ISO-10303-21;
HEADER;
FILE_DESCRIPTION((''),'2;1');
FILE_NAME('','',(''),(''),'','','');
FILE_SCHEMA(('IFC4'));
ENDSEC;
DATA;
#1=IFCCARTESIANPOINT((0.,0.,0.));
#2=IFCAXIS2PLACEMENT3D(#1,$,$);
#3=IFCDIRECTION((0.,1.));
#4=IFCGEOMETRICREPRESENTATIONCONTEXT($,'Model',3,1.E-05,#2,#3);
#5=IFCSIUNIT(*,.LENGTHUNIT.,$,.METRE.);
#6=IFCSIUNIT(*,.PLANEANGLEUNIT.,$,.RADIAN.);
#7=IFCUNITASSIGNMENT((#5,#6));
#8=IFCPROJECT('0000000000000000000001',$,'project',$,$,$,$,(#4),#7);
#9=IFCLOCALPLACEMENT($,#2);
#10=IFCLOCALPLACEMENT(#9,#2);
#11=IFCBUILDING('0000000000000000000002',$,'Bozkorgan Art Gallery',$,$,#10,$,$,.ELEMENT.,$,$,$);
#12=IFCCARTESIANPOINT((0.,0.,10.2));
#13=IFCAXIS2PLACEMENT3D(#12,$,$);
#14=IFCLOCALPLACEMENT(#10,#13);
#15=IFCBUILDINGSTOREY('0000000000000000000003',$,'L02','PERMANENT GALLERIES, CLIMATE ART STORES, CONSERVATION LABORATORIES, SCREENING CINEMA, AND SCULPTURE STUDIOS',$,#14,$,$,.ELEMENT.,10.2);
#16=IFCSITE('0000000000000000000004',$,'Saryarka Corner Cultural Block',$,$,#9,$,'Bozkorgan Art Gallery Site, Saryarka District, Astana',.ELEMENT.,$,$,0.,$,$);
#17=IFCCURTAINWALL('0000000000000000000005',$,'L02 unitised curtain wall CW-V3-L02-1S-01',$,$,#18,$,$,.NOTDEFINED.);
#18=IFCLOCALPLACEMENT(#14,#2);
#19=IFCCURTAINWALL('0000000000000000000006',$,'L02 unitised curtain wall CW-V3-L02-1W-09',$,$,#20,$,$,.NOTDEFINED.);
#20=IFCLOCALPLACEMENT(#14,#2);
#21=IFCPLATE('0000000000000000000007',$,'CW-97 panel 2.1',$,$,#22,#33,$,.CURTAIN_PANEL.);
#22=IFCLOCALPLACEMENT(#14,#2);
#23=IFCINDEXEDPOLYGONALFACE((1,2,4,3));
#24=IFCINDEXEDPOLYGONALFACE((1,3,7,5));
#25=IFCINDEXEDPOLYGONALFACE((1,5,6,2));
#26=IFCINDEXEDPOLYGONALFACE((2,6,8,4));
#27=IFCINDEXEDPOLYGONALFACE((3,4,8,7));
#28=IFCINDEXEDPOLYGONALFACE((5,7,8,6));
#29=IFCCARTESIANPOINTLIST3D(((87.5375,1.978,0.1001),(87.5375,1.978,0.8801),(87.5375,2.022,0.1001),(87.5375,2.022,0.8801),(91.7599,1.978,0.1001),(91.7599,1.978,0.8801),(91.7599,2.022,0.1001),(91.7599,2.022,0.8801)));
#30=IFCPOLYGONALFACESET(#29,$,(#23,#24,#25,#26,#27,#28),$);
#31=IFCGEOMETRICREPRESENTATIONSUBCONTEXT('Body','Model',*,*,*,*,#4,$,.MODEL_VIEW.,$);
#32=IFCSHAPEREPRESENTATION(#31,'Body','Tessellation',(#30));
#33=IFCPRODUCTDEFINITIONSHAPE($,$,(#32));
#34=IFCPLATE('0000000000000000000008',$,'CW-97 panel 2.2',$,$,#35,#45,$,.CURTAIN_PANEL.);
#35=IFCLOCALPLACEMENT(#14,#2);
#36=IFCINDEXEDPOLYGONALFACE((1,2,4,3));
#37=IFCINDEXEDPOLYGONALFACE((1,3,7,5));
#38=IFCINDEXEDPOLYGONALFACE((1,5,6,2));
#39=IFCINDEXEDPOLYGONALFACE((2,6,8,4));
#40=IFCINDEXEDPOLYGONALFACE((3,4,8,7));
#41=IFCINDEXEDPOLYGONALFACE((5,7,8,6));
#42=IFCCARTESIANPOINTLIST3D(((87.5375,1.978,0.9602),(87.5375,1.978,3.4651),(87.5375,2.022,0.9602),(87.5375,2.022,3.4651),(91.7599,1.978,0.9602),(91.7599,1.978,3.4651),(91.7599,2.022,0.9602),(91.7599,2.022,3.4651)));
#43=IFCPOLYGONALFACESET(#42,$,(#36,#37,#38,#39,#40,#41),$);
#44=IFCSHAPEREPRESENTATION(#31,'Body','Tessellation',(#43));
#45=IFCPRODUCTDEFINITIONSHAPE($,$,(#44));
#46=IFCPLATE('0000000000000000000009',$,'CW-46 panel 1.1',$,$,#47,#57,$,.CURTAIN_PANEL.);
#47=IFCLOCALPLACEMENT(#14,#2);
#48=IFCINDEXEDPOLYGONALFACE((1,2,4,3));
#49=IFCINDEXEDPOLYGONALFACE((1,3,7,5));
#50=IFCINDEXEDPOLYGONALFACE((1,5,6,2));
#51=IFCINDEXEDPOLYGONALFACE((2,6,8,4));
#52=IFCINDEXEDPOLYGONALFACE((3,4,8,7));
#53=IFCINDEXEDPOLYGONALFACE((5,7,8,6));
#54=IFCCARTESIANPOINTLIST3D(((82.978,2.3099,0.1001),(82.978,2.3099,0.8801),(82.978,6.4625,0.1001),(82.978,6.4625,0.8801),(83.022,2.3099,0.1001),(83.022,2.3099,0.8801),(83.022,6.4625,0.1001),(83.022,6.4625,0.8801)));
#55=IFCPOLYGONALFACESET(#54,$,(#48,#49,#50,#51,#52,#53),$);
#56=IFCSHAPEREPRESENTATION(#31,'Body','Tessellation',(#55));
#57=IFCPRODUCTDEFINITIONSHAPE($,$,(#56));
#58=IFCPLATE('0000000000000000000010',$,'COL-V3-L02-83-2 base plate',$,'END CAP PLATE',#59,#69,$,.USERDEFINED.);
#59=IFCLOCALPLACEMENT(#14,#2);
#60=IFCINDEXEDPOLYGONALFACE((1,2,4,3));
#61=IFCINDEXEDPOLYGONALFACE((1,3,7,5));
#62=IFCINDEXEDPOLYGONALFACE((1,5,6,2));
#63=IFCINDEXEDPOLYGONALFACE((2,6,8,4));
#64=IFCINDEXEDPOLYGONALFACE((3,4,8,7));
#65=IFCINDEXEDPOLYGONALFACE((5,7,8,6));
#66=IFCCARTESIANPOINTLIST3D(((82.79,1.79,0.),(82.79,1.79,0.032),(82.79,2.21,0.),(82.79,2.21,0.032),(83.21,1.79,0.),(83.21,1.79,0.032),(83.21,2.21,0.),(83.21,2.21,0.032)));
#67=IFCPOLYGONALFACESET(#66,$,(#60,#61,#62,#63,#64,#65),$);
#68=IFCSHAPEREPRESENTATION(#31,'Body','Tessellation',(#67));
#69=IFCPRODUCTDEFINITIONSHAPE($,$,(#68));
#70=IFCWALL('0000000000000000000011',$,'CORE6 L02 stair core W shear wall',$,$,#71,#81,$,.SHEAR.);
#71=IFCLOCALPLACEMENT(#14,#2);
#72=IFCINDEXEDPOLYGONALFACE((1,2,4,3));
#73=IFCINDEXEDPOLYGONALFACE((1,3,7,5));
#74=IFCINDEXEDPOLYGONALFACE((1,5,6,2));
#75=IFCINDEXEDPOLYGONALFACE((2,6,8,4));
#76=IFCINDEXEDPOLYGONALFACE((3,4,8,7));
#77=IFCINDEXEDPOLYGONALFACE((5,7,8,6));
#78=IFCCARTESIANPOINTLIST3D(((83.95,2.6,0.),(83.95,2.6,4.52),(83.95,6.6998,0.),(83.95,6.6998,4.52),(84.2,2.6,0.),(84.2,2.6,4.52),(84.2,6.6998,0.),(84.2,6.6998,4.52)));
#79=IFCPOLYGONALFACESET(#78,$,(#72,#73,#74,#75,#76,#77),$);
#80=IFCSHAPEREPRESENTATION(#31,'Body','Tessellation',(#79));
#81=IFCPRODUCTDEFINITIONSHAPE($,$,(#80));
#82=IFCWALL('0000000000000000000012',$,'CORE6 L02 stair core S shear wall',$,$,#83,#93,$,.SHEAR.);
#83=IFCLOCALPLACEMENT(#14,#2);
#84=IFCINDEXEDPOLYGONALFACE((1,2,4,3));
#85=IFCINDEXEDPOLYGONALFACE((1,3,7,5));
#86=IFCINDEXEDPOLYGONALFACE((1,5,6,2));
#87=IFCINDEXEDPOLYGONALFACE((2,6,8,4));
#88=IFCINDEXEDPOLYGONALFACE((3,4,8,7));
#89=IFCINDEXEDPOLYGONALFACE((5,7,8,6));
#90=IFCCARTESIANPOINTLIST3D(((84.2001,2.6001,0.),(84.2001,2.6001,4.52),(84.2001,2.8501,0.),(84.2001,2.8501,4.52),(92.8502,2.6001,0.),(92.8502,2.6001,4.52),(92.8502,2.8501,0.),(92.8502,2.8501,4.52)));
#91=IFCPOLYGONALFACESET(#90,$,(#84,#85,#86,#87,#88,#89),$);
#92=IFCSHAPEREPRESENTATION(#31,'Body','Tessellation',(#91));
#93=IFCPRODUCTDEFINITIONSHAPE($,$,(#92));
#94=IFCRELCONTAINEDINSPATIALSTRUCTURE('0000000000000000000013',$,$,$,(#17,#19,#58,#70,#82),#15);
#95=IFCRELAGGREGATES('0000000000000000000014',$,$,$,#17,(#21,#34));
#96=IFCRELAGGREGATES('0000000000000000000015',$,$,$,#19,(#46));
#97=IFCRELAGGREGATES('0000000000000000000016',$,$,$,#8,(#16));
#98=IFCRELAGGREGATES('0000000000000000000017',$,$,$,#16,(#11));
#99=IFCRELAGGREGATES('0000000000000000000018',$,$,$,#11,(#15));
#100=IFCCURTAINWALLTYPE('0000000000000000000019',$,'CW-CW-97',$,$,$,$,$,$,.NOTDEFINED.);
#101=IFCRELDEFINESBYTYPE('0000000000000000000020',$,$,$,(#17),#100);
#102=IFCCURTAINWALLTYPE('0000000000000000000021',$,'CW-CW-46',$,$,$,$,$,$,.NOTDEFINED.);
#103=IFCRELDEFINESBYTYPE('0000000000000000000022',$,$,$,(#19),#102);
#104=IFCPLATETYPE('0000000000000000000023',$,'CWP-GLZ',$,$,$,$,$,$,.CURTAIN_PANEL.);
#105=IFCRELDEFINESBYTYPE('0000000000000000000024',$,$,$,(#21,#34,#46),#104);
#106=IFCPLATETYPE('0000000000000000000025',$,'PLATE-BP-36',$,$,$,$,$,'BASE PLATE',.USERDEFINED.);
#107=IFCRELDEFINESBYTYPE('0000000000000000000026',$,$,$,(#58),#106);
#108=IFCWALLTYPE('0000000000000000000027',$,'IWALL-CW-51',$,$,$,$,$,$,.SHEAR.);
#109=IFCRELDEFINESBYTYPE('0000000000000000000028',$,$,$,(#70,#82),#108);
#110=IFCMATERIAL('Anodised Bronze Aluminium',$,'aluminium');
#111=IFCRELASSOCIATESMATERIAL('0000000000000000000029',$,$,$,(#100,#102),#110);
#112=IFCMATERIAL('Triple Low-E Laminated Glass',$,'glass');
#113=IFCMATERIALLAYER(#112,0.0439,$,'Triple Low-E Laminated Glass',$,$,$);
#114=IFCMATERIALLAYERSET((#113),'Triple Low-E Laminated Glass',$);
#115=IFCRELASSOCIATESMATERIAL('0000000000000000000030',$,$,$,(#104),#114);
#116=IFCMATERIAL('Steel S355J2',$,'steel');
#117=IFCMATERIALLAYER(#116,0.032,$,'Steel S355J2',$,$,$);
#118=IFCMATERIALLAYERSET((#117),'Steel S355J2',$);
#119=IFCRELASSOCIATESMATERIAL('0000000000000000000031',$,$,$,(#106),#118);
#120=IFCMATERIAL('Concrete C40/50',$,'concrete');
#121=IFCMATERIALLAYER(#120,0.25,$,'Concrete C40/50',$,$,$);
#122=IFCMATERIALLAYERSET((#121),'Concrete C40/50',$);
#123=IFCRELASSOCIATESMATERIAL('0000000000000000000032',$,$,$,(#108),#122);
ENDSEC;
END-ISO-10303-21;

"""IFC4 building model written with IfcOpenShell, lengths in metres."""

from ifc_helpers import new_model, si_unit, direction, frame, frame_2d, origin, origin_2d, place, context, subcontext, project, spatial, rectangle, extrude, material, layer, layer_set, type_object, element, aggregate, save


model = new_model("IFC4")

# Units and contexts
model_context = context("Model", 3, precision=1e-05, world=origin(), true_north=direction((0.0, 1.0)))
body_context = subcontext(model_context, "Body", "Model", "MODEL_VIEW")
ifc_project = project(units=[si_unit("LENGTHUNIT", "METRE"), si_unit("PLANEANGLEUNIT", "RADIAN")], contexts=[model_context])

# Site, building, storey
site_placement = place(None, origin())
site = spatial("IfcSite", under=ifc_project, at=site_placement, Name="Saryarka Corner Cultural Block", LongName="Bozkorgan Art Gallery Site, Saryarka District, Astana", CompositionType="ELEMENT", RefElevation=0.0)
building_placement = place(site_placement, origin())
building = spatial("IfcBuilding", under=site, at=building_placement, Name="Bozkorgan Art Gallery", CompositionType="ELEMENT")
storey_placement = place(building_placement, frame((0.0, 0.0, 10.2)))
storey = spatial("IfcBuildingStorey", under=building, at=storey_placement, Name="L02", Description="PERMANENT GALLERIES, CLIMATE ART STORES, CONSERVATION LABORATORIES, SCREENING CINEMA, AND SCULPTURE STUDIOS", CompositionType="ELEMENT", Elevation=10.2)

# Shared definitions
ifc_material_1 = material(Name="Steel S355J2", Category="steel")

# Curtain wall
ifc_material_2 = material(Name="Anodised Bronze Aluminium", Category="aluminium")
curtain_wall_type_1 = type_object("IfcCurtainWallType", Name="CW-CW-97", PredefinedType="NOTDEFINED", material=ifc_material_2)
curtain_wall_1_placement = place(storey_placement, origin())
curtain_wall_1 = element("IfcCurtainWall", 1, at=curtain_wall_1_placement, inside=storey, type_object=curtain_wall_type_1, Name="L02 unitised curtain wall CW-V3-L02-1S-01", PredefinedType="NOTDEFINED")

# Curtain wall
curtain_wall_type_2 = type_object("IfcCurtainWallType", Name="CW-CW-46", PredefinedType="NOTDEFINED", material=ifc_material_2)
curtain_wall_2_placement = place(storey_placement, origin())
curtain_wall_2 = element("IfcCurtainWall", 2, at=curtain_wall_2_placement, inside=storey, type_object=curtain_wall_type_2, Name="L02 unitised curtain wall CW-V3-L02-1W-09", PredefinedType="NOTDEFINED")

# Plates
ifc_material_3 = material(Name="Triple Low-E Laminated Glass", Category="glass")
ifc_layer_1 = layer(ifc_material_3, 0.0439, Name="Triple Low-E Laminated Glass")
ifc_layer_set_1 = layer_set([ifc_layer_1], Name="Triple Low-E Laminated Glass")
plate_type_1 = type_object("IfcPlateType", Name="CWP-GLZ", PredefinedType="CURTAIN_PANEL", material=ifc_layer_set_1)
plate_1_placement = place(storey_placement, frame((89.6487, 2.0, 0.1001), z_axis=(0.0, 0.0, 1.0), x_axis=(1.0, 0.0, 0.0)))
plate_1 = element("IfcPlate", 3, at=plate_1_placement, type_object=plate_type_1, Name="CW-97 panel 2.1", PredefinedType="CURTAIN_PANEL", context=body_context, shape_type="SweptSolid", body=[
    extrude(rectangle(XDim=4.2224, YDim=0.0439, at=origin_2d()), origin(), (0.0, 0.0, 1.0), 0.78),
])
plate_2_placement = place(storey_placement, frame((89.6487, 2.0, 0.9602), z_axis=(0.0, 0.0, 1.0), x_axis=(1.0, 0.0, 0.0)))
plate_2 = element("IfcPlate", 4, at=plate_2_placement, type_object=plate_type_1, Name="CW-97 panel 2.2", PredefinedType="CURTAIN_PANEL", context=body_context, shape_type="SweptSolid", body=[
    extrude(rectangle(XDim=4.2224, YDim=0.0439, at=origin_2d()), origin(), (0.0, 0.0, 1.0), 2.5049),
])
aggregate(curtain_wall_1, [plate_1, plate_2])
plate_3_placement = place(storey_placement, frame((83.0, 4.3862, 0.1001), z_axis=(0.0, 0.0, 1.0), x_axis=(0.0, 1.0, 0.0)))
plate_3 = element("IfcPlate", 5, at=plate_3_placement, type_object=plate_type_1, Name="CW-46 panel 1.1", PredefinedType="CURTAIN_PANEL", context=body_context, shape_type="SweptSolid", body=[
    extrude(rectangle(XDim=4.1526, YDim=0.0439, at=origin_2d()), origin(), (0.0, 0.0, 1.0), 0.78),
])
aggregate(curtain_wall_2, [plate_3])
ifc_layer_2 = layer(ifc_material_1, 0.032, Name="Steel S355J2")
ifc_layer_set_2 = layer_set([ifc_layer_2], Name="Steel S355J2")
plate_type_2 = type_object("IfcPlateType", Name="PLATE-BP-36", ElementType="BASE PLATE", PredefinedType="USERDEFINED", material=ifc_layer_set_2)
plate_4_placement = place(storey_placement, frame((83.0, 2.0, 0.0), z_axis=(0.0, 0.0, 1.0), x_axis=(1.0, 0.0, 0.0)))
element("IfcPlate", 6, at=plate_4_placement, inside=storey, type_object=plate_type_2, Name="COL-V3-L02-83-2 base plate", ObjectType="END CAP PLATE", PredefinedType="USERDEFINED", context=body_context, shape_type="SweptSolid", body=[
    extrude(rectangle(XDim=0.4199, YDim=0.4199, at=origin_2d()), origin(), (0.0, 0.0, 1.0), 0.032),
])

# Walls
ifc_material_4 = material(Name="Concrete C40/50", Category="concrete")
ifc_layer_3 = layer(ifc_material_4, 0.25, Name="Concrete C40/50")
ifc_layer_set_3 = layer_set([ifc_layer_3], Name="Concrete C40/50")
wall_type = type_object("IfcWallType", Name="IWALL-CW-51", PredefinedType="SHEAR", material=ifc_layer_set_3)
wall_1_placement = place(storey_placement, frame((84.075, 2.6001, 0.0), z_axis=(0.0, 0.0, 1.0), x_axis=(0.0, 1.0, 0.0)))
element("IfcWall", 7, at=wall_1_placement, inside=storey, type_object=wall_type, Name="CORE6 L02 stair core W shear wall", PredefinedType="SHEAR", context=body_context, shape_type="SweptSolid", body=[
    extrude(rectangle(XDim=4.0999, YDim=0.25, at=frame_2d((2.0498, 0.0))), origin(), (0.0, 0.0, 1.0), 4.52),
])
wall_2_placement = place(storey_placement, frame((84.2, 2.7251, 0.0), z_axis=(0.0, 0.0, 1.0), x_axis=(1.0, 0.0, 0.0)))
element("IfcWall", 8, at=wall_2_placement, inside=storey, type_object=wall_type, Name="CORE6 L02 stair core S shear wall", PredefinedType="SHEAR", context=body_context, shape_type="SweptSolid", body=[
    extrude(rectangle(XDim=8.6501, YDim=0.25, at=frame_2d((4.3252, 0.0))), origin(), (0.0, 0.0, 1.0), 4.52),
])

save(model, "model.ifc")
